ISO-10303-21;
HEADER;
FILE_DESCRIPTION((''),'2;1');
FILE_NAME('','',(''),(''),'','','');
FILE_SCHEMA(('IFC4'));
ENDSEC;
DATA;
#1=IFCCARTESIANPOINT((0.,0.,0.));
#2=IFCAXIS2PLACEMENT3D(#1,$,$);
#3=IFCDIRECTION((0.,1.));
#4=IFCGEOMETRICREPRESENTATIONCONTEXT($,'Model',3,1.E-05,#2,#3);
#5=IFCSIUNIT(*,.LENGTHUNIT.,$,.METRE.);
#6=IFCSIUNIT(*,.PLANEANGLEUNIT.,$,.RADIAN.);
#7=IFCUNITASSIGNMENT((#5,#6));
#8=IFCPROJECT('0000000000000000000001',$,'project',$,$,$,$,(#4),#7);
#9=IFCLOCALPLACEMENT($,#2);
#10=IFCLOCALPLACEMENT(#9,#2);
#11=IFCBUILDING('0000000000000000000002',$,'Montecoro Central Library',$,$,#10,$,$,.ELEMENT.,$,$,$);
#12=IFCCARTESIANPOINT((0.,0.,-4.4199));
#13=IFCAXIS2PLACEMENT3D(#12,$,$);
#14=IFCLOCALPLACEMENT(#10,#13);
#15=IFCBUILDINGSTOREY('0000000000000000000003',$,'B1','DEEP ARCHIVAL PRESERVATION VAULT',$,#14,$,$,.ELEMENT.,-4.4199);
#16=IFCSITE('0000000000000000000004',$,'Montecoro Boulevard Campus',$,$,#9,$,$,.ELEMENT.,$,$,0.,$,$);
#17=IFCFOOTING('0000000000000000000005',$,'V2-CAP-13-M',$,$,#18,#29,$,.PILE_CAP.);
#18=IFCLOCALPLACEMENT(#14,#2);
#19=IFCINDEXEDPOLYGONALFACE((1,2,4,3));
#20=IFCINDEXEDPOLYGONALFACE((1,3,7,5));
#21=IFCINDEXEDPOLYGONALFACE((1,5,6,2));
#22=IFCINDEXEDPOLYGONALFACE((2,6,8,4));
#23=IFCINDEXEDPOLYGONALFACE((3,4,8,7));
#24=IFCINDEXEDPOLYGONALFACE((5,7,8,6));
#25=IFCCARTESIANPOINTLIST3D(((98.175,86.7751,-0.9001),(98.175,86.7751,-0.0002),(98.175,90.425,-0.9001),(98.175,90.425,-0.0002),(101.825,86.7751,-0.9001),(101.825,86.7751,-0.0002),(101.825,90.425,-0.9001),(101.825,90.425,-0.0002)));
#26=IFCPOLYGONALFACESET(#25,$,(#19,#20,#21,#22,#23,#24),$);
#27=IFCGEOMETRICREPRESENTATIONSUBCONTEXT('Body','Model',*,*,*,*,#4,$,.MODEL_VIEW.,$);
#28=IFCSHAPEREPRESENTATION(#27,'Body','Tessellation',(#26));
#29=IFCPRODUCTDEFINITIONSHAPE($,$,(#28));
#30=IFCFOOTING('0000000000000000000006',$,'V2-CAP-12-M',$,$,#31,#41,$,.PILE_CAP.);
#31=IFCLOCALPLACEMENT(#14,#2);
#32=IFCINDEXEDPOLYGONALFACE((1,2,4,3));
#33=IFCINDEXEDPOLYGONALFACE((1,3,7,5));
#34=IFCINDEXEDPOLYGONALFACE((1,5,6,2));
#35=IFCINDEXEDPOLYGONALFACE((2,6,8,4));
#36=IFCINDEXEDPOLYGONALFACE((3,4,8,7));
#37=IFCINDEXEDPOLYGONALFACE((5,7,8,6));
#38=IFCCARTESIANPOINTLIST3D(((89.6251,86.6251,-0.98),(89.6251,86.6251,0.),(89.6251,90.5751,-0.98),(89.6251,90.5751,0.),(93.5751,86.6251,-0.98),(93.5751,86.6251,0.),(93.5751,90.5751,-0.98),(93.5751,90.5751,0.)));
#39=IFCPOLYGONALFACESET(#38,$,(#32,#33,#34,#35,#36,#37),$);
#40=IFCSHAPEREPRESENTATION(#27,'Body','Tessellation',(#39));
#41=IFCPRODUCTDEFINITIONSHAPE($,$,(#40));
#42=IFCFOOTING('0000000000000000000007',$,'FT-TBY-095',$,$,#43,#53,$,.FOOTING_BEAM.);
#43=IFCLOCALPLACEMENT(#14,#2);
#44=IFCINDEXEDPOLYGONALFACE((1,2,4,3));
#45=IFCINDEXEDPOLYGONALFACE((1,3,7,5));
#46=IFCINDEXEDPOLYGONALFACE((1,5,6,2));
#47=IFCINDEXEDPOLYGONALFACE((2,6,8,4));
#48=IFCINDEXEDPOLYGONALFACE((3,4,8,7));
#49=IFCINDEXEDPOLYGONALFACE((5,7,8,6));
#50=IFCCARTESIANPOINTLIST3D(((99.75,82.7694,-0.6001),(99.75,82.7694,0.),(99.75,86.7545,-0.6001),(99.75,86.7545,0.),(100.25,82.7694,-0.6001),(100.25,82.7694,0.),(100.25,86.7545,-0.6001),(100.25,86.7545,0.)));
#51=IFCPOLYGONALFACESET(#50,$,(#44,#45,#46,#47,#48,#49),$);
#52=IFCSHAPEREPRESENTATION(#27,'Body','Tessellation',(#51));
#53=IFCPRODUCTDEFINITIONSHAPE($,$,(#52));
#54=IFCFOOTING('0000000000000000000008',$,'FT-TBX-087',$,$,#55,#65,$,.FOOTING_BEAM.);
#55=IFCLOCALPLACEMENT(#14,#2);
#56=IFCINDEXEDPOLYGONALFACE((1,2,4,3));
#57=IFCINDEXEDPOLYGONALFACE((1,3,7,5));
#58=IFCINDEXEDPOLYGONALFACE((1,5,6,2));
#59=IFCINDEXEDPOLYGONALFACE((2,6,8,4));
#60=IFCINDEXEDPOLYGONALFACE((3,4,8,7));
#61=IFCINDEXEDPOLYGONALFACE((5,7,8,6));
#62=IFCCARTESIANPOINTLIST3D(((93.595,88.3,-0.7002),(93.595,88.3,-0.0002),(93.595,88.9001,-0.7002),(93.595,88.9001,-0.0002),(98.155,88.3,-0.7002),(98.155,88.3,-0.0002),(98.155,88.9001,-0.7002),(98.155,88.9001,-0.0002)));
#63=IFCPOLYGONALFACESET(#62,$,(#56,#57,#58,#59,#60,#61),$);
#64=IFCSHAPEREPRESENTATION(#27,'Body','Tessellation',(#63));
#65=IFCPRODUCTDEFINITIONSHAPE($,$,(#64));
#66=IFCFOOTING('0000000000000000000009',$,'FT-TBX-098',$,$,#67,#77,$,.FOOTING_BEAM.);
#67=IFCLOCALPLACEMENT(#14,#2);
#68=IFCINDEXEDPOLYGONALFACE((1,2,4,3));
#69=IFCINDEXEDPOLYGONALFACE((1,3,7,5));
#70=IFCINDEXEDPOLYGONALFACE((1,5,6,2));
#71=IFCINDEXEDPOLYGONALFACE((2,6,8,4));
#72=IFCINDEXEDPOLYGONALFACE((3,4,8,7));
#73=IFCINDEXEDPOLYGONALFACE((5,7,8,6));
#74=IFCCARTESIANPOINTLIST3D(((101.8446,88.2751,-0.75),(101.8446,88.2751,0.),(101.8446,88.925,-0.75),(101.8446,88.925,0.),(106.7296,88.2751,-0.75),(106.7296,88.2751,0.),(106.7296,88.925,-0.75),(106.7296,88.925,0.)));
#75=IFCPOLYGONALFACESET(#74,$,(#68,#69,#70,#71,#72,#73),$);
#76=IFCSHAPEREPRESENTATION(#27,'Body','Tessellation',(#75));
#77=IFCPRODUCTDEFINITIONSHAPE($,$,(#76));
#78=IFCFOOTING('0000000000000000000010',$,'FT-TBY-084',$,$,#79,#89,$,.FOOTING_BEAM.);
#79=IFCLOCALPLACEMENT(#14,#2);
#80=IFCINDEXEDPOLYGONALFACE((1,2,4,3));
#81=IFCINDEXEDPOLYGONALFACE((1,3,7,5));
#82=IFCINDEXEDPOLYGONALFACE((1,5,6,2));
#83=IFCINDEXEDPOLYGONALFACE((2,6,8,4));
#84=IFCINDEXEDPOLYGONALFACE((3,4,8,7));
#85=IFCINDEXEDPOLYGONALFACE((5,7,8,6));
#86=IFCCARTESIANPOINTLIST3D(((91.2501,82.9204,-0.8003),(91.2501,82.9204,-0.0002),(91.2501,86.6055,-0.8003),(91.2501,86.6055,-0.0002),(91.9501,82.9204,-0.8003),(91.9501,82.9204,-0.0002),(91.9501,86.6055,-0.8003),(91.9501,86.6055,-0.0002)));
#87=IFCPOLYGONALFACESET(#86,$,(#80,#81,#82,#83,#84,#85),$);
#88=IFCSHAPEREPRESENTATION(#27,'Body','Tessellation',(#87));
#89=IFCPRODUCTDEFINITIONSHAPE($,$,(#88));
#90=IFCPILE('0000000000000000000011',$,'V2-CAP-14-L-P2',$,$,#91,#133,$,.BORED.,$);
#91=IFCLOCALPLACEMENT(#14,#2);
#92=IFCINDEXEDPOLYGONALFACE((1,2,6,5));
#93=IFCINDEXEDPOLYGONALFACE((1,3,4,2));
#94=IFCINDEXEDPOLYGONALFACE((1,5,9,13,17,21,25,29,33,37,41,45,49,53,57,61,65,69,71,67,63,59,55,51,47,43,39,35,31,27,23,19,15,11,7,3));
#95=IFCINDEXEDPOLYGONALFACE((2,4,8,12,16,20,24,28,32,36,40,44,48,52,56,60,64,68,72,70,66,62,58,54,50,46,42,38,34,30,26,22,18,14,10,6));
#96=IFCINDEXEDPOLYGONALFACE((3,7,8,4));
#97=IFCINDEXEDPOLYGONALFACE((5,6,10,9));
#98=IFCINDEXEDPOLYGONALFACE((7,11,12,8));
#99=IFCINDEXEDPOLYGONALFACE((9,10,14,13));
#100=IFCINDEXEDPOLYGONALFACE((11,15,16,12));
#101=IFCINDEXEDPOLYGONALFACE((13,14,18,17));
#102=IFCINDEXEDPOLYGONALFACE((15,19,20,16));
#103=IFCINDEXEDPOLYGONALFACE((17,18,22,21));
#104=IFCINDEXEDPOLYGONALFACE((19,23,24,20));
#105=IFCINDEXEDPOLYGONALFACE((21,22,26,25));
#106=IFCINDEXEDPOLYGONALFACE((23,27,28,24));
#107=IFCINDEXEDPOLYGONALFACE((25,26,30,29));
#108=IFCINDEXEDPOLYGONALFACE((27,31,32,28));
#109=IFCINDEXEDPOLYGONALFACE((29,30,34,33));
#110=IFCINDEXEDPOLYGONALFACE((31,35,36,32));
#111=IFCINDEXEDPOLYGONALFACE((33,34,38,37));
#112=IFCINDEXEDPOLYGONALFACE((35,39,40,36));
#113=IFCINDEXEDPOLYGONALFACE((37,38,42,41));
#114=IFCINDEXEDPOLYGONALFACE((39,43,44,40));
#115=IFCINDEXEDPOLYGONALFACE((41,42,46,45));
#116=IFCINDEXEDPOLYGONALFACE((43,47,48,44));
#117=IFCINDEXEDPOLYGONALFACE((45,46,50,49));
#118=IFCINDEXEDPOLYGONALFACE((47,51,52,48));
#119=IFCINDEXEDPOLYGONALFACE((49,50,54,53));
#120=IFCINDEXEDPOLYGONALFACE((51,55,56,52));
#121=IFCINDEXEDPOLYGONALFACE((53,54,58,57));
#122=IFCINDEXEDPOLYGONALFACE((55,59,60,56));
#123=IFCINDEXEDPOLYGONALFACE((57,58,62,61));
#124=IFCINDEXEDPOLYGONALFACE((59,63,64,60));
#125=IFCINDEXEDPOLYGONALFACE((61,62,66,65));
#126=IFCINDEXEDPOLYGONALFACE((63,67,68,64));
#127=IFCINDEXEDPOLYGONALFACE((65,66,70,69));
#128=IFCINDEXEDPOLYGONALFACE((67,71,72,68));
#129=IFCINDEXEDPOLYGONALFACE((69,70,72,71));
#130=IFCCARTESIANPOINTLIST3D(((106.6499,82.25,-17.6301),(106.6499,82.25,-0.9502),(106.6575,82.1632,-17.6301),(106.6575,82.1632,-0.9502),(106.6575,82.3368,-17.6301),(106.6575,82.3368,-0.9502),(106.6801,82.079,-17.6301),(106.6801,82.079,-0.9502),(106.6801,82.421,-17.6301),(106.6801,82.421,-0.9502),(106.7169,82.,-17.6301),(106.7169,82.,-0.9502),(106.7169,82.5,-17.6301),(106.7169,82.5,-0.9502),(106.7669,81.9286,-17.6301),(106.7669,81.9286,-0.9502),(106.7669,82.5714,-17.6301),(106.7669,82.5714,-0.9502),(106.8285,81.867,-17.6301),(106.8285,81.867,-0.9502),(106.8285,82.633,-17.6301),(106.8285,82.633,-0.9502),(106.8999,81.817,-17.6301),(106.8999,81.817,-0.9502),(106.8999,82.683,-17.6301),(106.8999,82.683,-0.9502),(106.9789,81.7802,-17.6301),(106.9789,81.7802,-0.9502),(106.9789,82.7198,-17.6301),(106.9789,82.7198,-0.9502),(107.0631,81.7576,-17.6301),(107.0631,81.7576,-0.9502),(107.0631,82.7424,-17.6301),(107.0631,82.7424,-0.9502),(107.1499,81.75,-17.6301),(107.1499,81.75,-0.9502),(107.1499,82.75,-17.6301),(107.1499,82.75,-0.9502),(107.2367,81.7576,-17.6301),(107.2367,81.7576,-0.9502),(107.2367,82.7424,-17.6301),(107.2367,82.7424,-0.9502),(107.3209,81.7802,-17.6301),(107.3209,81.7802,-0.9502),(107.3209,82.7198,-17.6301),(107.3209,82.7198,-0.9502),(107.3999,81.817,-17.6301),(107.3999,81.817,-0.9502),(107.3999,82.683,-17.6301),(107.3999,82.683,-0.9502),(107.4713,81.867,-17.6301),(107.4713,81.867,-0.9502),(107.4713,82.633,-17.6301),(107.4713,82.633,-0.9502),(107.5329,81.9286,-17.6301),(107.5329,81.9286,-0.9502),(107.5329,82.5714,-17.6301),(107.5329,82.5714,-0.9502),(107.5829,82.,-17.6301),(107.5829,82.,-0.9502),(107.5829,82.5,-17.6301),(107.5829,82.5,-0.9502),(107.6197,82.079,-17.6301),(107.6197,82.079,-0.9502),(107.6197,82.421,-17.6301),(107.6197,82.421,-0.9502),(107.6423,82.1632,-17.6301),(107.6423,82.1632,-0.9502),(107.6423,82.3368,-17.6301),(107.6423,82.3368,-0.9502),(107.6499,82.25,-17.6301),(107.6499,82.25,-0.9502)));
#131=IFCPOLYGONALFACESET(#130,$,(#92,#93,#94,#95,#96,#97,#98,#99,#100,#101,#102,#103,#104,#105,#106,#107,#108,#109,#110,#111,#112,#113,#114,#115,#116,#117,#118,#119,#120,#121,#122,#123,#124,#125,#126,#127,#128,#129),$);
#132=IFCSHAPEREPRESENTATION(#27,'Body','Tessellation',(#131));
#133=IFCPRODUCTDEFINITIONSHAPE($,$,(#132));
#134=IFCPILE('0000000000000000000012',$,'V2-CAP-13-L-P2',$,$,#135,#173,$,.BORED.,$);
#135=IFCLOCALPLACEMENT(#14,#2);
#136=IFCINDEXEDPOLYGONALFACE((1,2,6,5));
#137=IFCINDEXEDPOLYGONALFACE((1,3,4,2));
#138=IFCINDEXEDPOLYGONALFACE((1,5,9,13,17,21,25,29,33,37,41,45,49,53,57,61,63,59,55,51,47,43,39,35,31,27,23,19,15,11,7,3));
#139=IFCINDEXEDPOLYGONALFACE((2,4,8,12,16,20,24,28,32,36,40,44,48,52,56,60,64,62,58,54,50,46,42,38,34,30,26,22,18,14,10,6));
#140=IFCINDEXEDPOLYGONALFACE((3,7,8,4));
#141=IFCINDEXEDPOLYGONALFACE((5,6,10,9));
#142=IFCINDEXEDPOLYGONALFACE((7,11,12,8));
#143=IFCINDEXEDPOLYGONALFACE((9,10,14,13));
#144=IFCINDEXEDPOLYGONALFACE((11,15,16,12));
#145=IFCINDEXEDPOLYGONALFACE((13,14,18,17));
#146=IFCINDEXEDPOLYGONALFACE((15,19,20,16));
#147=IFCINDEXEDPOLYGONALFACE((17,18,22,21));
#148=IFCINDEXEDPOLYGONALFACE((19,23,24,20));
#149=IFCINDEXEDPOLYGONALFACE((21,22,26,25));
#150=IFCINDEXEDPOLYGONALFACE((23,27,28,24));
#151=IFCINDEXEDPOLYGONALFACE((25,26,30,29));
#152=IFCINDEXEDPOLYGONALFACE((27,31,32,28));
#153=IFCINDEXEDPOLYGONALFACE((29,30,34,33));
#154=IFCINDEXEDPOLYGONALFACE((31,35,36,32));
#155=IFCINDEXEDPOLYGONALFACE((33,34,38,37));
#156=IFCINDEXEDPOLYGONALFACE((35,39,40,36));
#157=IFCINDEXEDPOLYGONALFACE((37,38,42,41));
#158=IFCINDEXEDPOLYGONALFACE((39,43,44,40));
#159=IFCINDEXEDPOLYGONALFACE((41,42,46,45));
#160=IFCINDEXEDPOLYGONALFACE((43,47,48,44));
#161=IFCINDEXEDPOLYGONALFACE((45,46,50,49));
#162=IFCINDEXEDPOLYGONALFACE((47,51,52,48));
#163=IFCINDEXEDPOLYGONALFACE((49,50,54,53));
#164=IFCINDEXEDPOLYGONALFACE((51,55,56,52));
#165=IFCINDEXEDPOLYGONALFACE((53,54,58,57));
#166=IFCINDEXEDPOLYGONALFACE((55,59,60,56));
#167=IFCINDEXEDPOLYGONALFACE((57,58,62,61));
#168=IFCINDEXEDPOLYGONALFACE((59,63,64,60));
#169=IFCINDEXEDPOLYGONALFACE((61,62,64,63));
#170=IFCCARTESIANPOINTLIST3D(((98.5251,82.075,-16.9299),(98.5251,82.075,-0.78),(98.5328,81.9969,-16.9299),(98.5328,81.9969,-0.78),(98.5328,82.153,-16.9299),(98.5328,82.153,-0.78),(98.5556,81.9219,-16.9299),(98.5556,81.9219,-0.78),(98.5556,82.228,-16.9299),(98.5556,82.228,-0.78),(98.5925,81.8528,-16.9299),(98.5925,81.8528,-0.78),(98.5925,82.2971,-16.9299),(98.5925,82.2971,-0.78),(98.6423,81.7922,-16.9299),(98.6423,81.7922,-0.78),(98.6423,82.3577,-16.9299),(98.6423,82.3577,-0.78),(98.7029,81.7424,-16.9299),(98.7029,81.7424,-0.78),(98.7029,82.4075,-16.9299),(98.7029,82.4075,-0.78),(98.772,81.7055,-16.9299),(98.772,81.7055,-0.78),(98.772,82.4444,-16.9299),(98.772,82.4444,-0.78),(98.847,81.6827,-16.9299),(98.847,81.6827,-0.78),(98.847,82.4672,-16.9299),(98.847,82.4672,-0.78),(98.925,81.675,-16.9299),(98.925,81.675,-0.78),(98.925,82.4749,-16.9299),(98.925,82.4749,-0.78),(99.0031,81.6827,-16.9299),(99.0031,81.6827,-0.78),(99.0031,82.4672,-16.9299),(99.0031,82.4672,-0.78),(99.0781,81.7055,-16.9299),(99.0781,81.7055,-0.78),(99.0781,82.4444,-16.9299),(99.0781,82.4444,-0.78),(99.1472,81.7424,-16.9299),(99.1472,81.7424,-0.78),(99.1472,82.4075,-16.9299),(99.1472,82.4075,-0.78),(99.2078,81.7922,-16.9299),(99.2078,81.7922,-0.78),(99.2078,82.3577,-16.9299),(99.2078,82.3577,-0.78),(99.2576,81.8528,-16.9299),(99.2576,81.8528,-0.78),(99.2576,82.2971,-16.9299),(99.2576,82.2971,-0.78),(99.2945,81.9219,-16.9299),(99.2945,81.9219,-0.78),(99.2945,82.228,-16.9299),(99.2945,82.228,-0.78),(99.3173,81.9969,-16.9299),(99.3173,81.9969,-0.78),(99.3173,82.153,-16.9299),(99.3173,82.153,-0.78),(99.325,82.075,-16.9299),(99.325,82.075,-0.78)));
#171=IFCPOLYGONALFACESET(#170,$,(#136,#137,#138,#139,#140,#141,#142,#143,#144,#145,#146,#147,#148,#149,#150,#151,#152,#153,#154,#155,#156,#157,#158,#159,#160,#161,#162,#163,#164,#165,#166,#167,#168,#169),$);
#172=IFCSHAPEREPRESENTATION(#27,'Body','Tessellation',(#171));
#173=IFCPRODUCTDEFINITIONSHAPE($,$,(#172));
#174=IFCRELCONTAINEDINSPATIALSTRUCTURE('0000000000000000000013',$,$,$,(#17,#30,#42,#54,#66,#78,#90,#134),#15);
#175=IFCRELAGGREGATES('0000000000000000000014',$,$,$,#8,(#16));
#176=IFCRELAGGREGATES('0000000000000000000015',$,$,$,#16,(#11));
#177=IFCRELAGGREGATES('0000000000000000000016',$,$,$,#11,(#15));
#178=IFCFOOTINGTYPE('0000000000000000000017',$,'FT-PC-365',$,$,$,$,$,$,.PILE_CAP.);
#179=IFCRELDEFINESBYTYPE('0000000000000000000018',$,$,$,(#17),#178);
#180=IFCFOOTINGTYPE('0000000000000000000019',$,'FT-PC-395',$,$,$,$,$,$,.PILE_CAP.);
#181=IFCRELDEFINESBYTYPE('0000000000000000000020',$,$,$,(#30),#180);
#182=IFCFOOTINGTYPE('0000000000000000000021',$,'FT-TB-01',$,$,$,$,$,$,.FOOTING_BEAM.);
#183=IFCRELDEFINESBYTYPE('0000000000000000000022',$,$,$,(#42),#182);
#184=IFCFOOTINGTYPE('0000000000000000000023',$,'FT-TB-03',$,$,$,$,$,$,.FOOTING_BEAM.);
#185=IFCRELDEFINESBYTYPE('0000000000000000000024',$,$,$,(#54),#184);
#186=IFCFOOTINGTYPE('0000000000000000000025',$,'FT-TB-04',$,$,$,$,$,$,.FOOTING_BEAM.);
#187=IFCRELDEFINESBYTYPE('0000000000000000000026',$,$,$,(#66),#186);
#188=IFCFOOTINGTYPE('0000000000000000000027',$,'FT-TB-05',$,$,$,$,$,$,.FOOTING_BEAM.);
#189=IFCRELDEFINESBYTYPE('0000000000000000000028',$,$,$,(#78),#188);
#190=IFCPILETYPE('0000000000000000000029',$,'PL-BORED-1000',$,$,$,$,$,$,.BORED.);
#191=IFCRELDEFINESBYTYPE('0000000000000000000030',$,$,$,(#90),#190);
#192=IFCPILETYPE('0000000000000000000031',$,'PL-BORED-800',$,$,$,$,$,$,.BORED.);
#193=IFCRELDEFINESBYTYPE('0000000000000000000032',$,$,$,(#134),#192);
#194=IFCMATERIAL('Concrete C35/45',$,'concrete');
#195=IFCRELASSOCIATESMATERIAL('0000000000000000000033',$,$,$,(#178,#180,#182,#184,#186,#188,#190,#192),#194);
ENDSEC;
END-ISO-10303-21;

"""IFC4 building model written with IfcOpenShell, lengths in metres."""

from ifc_helpers import new_model, si_unit, direction, frame, origin, origin_2d, place, context, subcontext, project, spatial, rectangle, circle, extrude, material, material_profile, profile_set, type_object, element, save


model = new_model("IFC4")

# Units and contexts
model_context = context("Model", 3, precision=1e-05, world=origin(), true_north=direction((0.0, 1.0)))
body_context = subcontext(model_context, "Body", "Model", "MODEL_VIEW")
ifc_project = project(units=[si_unit("LENGTHUNIT", "METRE"), si_unit("PLANEANGLEUNIT", "RADIAN")], contexts=[model_context])

# Site, building, storey
site_placement = place(None, origin())
site = spatial("IfcSite", under=ifc_project, at=site_placement, Name="Montecoro Boulevard Campus", CompositionType="ELEMENT", RefElevation=0.0)
building_placement = place(site_placement, origin())
building = spatial("IfcBuilding", under=site, at=building_placement, Name="Montecoro Central Library", CompositionType="ELEMENT")
storey_placement = place(building_placement, frame((0.0, 0.0, -4.4199)))
storey = spatial("IfcBuildingStorey", under=building, at=storey_placement, Name="B1", Description="DEEP ARCHIVAL PRESERVATION VAULT", CompositionType="ELEMENT", Elevation=-4.4199)

# Footings
ifc_material_1 = material(Name="Concrete C35/45", Category="concrete")
footing_type_1 = type_object("IfcFootingType", Name="FT-PC-365", PredefinedType="PILE_CAP", material=ifc_material_1)
footing_1_placement = place(storey_placement, frame((100.0, 88.6001, -0.9001), z_axis=(0.0, 0.0, 1.0), x_axis=(1.0, 0.0, 0.0)))
element("IfcFooting", 1, at=footing_1_placement, inside=storey, type_object=footing_type_1, Name="V2-CAP-13-M", PredefinedType="PILE_CAP", context=body_context, shape_type="SweptSolid", body=[
    extrude(rectangle(XDim=3.6499, YDim=3.6499, at=origin_2d()), origin(), (0.0, 0.0, 1.0), 0.8999),
])
footing_type_2 = type_object("IfcFootingType", Name="FT-PC-395", PredefinedType="PILE_CAP", material=ifc_material_1)
footing_2_placement = place(storey_placement, frame((91.6001, 88.6001, -0.98), z_axis=(0.0, 0.0, 1.0), x_axis=(1.0, 0.0, 0.0)))
element("IfcFooting", 2, at=footing_2_placement, inside=storey, type_object=footing_type_2, Name="V2-CAP-12-M", PredefinedType="PILE_CAP", context=body_context, shape_type="SweptSolid", body=[
    extrude(rectangle(XDim=3.95, YDim=3.95, at=origin_2d()), origin(), (0.0, 0.0, 1.0), 0.98),
])
footing_type_3 = type_object("IfcFootingType", Name="FT-TB-01", PredefinedType="FOOTING_BEAM", material=ifc_material_1)
footing_3_placement = place(storey_placement, frame((100.0, 84.762, -0.6001), z_axis=(0.0, 0.0, 1.0), x_axis=(1.0, 0.0, 0.0)))
element("IfcFooting", 3, at=footing_3_placement, inside=storey, type_object=footing_type_3, Name="FT-TBY-095", PredefinedType="FOOTING_BEAM", context=body_context, shape_type="SweptSolid", body=[
    extrude(rectangle(XDim=0.5, YDim=3.9851, at=origin_2d()), origin(), (0.0, 0.0, 1.0), 0.6001),
])
footing_type_4 = type_object("IfcFootingType", Name="FT-TB-03", PredefinedType="FOOTING_BEAM", material=ifc_material_1)
footing_4_placement = place(storey_placement, frame((95.875, 88.6001, -0.7002), z_axis=(0.0, 0.0, 1.0), x_axis=(1.0, 0.0, 0.0)))
element("IfcFooting", 4, at=footing_4_placement, inside=storey, type_object=footing_type_4, Name="FT-TBX-087", PredefinedType="FOOTING_BEAM", context=body_context, shape_type="SweptSolid", body=[
    extrude(rectangle(XDim=4.5601, YDim=0.6001, at=origin_2d()), origin(), (0.0, 0.0, 1.0), 0.7),
])
footing_type_5 = type_object("IfcFootingType", Name="FT-TB-04", PredefinedType="FOOTING_BEAM", material=ifc_material_1)
footing_5_placement = place(storey_placement, frame((104.2871, 88.6001, -0.75), z_axis=(0.0, 0.0, 1.0), x_axis=(1.0, 0.0, 0.0)))
element("IfcFooting", 5, at=footing_5_placement, inside=storey, type_object=footing_type_5, Name="FT-TBX-098", PredefinedType="FOOTING_BEAM", context=body_context, shape_type="SweptSolid", body=[
    extrude(rectangle(XDim=4.885, YDim=0.6499, at=origin_2d()), origin(), (0.0, 0.0, 1.0), 0.75),
])
footing_type_6 = type_object("IfcFootingType", Name="FT-TB-05", PredefinedType="FOOTING_BEAM", material=ifc_material_1)
footing_6_placement = place(storey_placement, frame((91.6001, 84.7629, -0.8003), z_axis=(0.0, 0.0, 1.0), x_axis=(1.0, 0.0, 0.0)))
element("IfcFooting", 6, at=footing_6_placement, inside=storey, type_object=footing_type_6, Name="FT-TBY-084", PredefinedType="FOOTING_BEAM", context=body_context, shape_type="SweptSolid", body=[
    extrude(rectangle(XDim=0.7, YDim=3.6851, at=origin_2d()), origin(), (0.0, 0.0, 1.0), 0.8),
])

# Piles
ifc_material_profile_1 = material_profile(ifc_material_1, circle(Radius=0.5, at=origin_2d()), Name="PILE D1000")
ifc_profile_set_1 = profile_set([ifc_material_profile_1], Name="Concrete C35/45")
pile_type_1 = type_object("IfcPileType", Name="PL-BORED-1000", PredefinedType="BORED", material=ifc_profile_set_1)
pile_1_placement = place(storey_placement, frame((107.1499, 82.25, -0.9502), z_axis=(0.0, 0.0, -1.0), x_axis=(1.0, 0.0, 0.0)))
element("IfcPile", 7, at=pile_1_placement, inside=storey, type_object=pile_type_1, Name="V2-CAP-14-L-P2", PredefinedType="BORED", context=body_context, shape_type="SweptSolid", body=[
    extrude(circle(Radius=0.5, at=origin_2d()), origin(), (0.0, 0.0, 1.0), 16.6799),
])
ifc_material_profile_2 = material_profile(ifc_material_1, circle(Radius=0.3999, at=origin_2d()), Name="PILE D800")
ifc_profile_set_2 = profile_set([ifc_material_profile_2], Name="Concrete C35/45")
pile_type_2 = type_object("IfcPileType", Name="PL-BORED-800", PredefinedType="BORED", material=ifc_profile_set_2)
for number, where, z_axis, x_axis, name in (
    (8, (98.925, 82.075, -0.78), (0.0, 0.0, -1.0), (1.0, 0.0, 0.0), "V2-CAP-13-L-P2"),
):
    element("IfcPile", number, at=place(storey_placement, frame(where, z_axis=z_axis, x_axis=x_axis)), inside=storey, type_object=pile_type_2, Name=name, PredefinedType="BORED", context=body_context, shape_type="SweptSolid", body=[
        extrude(circle(Radius=0.3999, at=origin_2d()), origin(), (0.0, 0.0, 1.0), 16.1499),
    ])

save(model, "model.ifc")
